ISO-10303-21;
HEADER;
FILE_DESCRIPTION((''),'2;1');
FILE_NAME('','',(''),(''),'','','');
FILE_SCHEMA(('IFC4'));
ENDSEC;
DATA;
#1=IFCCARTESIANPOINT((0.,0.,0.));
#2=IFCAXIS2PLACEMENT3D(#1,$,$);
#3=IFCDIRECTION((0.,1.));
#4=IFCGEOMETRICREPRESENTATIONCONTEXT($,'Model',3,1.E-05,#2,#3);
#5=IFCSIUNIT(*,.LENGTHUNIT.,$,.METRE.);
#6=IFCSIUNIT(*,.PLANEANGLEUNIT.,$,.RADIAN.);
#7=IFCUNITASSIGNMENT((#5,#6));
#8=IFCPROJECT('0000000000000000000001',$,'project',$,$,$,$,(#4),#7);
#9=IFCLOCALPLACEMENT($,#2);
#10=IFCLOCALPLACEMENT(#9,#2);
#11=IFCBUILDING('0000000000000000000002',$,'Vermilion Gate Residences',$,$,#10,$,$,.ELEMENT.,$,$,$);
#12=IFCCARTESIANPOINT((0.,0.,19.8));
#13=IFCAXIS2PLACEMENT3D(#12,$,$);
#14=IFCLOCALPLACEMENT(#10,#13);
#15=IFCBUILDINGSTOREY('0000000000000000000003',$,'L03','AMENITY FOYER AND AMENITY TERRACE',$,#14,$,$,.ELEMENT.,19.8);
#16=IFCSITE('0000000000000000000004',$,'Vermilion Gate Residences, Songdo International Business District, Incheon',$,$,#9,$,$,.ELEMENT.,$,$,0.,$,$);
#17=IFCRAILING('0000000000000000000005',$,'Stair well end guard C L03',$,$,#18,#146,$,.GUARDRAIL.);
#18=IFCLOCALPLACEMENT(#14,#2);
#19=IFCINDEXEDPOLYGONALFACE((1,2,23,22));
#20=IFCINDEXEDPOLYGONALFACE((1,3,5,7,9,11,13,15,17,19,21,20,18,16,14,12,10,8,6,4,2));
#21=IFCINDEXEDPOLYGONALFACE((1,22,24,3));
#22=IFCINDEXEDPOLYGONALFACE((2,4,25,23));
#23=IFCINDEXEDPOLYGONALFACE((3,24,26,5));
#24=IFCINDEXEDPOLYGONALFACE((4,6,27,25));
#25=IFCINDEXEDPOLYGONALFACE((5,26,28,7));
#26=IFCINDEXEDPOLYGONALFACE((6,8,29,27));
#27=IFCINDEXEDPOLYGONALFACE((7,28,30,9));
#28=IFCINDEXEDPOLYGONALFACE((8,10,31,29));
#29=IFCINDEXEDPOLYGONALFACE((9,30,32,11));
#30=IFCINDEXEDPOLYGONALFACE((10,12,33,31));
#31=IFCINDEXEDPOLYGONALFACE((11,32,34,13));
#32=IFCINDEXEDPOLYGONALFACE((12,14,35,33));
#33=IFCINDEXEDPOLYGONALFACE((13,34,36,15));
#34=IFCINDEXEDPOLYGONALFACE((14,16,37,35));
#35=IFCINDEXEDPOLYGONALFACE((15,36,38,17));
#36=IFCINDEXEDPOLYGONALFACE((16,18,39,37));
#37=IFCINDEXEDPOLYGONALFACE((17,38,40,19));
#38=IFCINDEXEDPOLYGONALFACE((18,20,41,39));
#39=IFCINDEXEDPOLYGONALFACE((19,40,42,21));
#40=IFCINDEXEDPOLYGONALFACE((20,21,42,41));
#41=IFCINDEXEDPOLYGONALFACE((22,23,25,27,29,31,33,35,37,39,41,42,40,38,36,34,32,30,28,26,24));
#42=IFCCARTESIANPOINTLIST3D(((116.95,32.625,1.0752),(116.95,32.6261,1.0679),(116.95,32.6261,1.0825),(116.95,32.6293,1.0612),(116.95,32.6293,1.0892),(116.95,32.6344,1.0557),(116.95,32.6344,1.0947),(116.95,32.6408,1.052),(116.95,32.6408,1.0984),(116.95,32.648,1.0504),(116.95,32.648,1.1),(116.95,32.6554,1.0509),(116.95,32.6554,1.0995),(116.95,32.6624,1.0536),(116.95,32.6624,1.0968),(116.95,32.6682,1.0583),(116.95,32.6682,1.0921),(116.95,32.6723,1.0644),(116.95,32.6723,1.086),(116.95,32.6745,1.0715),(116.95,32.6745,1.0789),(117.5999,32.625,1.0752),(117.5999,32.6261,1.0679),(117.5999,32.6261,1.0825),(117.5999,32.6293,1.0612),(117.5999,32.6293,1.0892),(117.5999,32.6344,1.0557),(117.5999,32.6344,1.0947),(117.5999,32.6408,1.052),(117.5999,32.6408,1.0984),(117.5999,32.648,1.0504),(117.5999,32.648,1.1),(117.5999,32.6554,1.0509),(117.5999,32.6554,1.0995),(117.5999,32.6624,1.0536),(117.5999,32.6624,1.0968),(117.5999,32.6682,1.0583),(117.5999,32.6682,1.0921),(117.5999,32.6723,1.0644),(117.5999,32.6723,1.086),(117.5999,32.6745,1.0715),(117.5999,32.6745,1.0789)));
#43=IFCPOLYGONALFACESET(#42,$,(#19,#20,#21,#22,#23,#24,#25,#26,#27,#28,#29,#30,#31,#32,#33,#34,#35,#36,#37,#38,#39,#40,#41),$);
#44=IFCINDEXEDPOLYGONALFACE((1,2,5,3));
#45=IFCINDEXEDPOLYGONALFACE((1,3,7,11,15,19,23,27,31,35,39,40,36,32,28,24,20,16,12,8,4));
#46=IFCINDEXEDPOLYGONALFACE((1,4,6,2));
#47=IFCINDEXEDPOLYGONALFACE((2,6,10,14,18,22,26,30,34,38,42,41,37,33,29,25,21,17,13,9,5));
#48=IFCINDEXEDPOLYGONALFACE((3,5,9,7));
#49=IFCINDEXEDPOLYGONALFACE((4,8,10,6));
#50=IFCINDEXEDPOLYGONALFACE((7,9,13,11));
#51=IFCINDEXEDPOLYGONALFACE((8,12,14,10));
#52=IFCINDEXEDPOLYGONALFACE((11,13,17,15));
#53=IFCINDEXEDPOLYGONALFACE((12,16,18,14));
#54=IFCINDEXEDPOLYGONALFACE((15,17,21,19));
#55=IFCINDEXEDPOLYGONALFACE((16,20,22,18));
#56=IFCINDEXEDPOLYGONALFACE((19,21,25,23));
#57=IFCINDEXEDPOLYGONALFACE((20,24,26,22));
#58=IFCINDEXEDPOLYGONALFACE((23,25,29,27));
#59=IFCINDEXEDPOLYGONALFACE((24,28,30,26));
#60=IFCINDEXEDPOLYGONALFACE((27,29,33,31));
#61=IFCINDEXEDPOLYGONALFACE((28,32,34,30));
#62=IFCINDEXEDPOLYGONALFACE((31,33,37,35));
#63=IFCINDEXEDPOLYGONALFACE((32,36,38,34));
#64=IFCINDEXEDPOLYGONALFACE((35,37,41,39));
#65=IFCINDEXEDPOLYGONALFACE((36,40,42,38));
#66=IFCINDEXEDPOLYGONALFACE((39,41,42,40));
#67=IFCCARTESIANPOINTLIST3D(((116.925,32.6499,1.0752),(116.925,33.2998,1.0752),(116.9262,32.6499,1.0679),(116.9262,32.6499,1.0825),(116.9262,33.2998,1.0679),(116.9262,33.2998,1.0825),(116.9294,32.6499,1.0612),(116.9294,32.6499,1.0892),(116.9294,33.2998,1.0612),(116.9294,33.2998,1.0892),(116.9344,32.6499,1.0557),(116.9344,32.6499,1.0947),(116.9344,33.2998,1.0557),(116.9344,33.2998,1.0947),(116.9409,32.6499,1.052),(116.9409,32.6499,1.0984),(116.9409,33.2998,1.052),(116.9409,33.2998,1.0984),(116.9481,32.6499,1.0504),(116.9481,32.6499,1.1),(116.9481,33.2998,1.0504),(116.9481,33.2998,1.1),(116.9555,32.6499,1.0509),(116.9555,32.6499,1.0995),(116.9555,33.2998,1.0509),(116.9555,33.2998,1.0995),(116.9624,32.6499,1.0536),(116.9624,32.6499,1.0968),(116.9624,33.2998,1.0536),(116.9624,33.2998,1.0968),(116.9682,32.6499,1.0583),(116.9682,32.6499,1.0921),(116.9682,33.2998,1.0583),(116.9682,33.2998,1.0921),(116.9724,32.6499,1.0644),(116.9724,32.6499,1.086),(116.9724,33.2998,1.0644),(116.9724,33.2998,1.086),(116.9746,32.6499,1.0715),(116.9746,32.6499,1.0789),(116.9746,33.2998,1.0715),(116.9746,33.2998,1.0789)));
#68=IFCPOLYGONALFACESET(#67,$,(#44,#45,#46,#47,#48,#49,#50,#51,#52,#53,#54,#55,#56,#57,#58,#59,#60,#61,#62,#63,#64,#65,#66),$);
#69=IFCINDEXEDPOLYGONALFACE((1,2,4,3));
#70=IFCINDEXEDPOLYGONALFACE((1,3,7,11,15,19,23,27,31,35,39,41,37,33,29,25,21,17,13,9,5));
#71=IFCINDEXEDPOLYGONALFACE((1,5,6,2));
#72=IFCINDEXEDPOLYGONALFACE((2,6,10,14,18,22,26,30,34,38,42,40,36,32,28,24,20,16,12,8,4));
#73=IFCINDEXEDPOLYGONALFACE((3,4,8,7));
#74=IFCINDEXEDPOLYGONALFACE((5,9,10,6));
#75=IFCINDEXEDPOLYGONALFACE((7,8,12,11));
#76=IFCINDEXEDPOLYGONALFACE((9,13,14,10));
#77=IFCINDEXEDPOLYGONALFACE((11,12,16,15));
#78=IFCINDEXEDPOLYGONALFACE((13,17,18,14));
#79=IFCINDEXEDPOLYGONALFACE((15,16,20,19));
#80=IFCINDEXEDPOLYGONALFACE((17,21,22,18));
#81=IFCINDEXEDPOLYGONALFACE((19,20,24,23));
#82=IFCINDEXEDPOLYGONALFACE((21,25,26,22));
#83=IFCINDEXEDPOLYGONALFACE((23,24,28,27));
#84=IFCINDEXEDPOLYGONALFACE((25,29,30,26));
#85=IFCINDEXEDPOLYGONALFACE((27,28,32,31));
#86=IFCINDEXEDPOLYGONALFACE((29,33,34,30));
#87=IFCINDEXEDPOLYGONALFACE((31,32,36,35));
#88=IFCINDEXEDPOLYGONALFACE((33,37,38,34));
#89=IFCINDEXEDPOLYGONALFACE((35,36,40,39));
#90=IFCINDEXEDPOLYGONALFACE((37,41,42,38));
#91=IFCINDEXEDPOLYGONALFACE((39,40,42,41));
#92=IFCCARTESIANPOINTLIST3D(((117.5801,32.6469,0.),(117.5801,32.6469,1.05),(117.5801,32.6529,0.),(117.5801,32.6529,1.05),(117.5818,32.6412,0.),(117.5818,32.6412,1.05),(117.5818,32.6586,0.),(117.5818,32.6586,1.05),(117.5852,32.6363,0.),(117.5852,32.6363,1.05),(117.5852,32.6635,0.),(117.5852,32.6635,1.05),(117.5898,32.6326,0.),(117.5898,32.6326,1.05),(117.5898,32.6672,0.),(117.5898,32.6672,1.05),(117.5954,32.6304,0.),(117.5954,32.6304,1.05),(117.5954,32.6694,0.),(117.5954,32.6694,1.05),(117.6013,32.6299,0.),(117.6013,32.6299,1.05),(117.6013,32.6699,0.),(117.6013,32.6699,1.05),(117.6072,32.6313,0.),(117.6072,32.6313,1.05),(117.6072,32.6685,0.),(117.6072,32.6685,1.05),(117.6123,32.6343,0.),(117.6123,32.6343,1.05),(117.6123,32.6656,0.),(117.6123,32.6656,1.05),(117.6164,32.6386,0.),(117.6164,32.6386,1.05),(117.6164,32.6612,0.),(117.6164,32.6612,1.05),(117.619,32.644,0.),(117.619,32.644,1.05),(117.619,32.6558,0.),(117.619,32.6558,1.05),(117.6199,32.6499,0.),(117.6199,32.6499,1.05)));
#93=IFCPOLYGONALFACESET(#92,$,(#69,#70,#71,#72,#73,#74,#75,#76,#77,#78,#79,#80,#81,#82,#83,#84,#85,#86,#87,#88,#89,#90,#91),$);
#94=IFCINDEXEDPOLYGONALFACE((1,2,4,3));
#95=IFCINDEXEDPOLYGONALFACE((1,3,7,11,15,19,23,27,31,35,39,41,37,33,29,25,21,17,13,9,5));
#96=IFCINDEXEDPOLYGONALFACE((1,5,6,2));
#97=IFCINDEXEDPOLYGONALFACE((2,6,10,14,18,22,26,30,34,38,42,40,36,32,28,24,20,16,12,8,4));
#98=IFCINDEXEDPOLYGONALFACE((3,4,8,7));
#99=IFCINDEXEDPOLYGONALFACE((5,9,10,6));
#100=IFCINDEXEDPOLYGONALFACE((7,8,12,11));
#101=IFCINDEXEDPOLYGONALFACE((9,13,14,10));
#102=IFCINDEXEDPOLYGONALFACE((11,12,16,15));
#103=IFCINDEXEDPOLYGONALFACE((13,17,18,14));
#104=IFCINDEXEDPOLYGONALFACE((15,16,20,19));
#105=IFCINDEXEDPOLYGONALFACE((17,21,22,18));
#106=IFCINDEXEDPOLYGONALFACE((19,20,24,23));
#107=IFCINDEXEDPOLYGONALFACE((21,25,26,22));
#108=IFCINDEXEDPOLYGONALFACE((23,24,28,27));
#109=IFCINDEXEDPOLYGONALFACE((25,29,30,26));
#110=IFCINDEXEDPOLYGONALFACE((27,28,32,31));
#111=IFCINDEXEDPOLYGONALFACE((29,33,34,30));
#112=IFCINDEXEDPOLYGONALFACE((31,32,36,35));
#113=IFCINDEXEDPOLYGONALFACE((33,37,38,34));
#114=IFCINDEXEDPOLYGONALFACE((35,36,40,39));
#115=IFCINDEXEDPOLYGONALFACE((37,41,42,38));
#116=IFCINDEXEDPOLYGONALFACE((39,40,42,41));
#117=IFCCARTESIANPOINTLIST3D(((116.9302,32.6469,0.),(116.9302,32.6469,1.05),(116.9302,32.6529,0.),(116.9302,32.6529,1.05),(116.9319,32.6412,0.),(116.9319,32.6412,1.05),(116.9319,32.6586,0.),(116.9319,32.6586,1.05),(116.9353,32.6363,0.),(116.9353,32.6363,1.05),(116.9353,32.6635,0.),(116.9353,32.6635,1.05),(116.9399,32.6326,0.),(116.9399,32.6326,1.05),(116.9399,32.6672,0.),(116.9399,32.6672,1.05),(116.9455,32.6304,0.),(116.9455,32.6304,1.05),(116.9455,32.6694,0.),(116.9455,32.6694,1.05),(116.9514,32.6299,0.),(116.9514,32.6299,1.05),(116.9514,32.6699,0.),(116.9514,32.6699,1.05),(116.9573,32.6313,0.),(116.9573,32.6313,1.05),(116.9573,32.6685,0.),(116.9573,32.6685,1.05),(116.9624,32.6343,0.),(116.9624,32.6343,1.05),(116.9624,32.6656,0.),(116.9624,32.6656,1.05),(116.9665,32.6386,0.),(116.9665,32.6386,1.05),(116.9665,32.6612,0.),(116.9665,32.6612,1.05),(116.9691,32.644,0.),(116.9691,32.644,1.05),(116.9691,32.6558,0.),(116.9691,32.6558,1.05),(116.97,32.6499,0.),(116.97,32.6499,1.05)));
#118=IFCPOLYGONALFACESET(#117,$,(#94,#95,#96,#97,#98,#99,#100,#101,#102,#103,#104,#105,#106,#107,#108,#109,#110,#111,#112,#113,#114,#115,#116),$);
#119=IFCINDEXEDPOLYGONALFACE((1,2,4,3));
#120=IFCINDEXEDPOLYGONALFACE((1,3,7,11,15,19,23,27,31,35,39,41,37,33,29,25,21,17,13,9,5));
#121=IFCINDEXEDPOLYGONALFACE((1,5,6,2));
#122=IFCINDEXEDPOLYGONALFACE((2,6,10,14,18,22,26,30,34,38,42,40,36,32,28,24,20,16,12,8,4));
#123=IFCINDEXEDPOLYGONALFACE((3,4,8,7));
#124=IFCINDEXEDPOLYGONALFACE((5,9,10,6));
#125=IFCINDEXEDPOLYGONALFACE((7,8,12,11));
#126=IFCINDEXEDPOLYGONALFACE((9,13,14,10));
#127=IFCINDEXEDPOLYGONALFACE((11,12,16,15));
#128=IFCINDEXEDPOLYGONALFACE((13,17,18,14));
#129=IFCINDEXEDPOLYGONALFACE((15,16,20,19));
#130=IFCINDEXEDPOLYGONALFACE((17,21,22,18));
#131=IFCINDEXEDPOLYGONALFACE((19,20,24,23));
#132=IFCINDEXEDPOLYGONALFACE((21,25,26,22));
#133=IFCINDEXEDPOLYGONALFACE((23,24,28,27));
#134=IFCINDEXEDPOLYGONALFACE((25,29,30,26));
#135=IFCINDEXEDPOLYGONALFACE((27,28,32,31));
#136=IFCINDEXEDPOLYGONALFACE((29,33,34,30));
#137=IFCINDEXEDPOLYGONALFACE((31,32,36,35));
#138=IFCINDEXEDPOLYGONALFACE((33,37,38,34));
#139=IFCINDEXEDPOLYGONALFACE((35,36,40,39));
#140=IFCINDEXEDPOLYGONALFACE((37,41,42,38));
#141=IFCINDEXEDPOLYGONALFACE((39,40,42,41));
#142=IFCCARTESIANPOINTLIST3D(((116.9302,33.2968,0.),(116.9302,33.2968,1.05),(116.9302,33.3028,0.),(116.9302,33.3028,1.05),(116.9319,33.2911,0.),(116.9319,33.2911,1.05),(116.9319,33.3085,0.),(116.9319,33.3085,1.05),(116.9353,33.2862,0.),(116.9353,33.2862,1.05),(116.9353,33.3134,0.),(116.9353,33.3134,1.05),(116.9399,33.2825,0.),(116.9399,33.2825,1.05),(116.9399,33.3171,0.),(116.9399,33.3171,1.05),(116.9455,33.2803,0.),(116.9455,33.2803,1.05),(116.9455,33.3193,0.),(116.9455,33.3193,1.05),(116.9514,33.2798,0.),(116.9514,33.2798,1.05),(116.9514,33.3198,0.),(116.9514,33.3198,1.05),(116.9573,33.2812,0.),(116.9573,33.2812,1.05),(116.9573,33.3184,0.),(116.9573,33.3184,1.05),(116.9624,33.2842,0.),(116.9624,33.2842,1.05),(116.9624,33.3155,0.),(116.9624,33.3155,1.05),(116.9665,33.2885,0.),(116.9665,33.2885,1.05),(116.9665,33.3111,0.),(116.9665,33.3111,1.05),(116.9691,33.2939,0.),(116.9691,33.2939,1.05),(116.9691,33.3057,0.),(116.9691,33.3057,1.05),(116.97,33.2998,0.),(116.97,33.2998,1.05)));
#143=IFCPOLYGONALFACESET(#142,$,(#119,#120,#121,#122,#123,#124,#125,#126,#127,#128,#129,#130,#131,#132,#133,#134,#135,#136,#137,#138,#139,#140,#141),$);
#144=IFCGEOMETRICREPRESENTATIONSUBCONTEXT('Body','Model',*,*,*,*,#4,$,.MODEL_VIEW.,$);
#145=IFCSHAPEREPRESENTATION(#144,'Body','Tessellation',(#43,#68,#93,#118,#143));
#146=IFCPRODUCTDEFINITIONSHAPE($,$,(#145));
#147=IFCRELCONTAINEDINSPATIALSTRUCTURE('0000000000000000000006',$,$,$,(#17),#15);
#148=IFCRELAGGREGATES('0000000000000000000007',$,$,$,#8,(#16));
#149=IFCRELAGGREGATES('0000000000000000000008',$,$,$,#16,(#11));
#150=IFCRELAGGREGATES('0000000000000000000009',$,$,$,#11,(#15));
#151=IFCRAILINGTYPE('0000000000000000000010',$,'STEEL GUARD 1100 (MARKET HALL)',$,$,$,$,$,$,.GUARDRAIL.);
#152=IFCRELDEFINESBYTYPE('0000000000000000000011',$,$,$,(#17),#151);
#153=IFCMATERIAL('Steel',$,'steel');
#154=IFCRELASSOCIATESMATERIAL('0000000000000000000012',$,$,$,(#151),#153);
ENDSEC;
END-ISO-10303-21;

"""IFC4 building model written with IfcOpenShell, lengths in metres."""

from ifc_helpers import new_model, si_unit, direction, frame, origin, origin_2d, place, context, subcontext, project, spatial, circle, extrude, material, type_object, element, save


model = new_model("IFC4")

# Units and contexts
model_context = context("Model", 3, precision=1e-05, world=origin(), true_north=direction((0.0, 1.0)))
body_context = subcontext(model_context, "Body", "Model", "MODEL_VIEW")
ifc_project = project(units=[si_unit("LENGTHUNIT", "METRE"), si_unit("PLANEANGLEUNIT", "RADIAN")], contexts=[model_context])

# Site, building, storey
site_placement = place(None, origin())
site = spatial("IfcSite", under=ifc_project, at=site_placement, Name="Vermilion Gate Residences, Songdo International Business District, Incheon", CompositionType="ELEMENT", RefElevation=0.0)
building_placement = place(site_placement, origin())
building = spatial("IfcBuilding", under=site, at=building_placement, Name="Vermilion Gate Residences", CompositionType="ELEMENT")
storey_placement = place(building_placement, frame((0.0, 0.0, 19.8)))
storey = spatial("IfcBuildingStorey", under=building, at=storey_placement, Name="L03", Description="AMENITY FOYER AND AMENITY TERRACE", CompositionType="ELEMENT", Elevation=19.8)

# Railing
ifc_material_1 = material(Name="Steel", Category="steel")
railing_type_1 = type_object("IfcRailingType", Name="STEEL GUARD 1100 (MARKET HALL)", PredefinedType="GUARDRAIL", material=ifc_material_1)
railing_placement = place(storey_placement, frame((117.5999, 32.6499, 0.0)))
element("IfcRailing", 1, at=railing_placement, inside=storey, type_object=railing_type_1, Name="Stair well end guard C L03", PredefinedType="GUARDRAIL", context=body_context, shape_type="SweptSolid", body=[
    extrude(circle(Radius=0.0249, at=origin_2d()), frame((0.0, 0.0, 1.0752), z_axis=(-1.0, 0.0, 0.0), x_axis=(0.0, -1.0, 0.0)), (0.0, 0.0, 1.0), 0.6499),
    extrude(circle(Radius=0.0249, at=origin_2d()), frame((-0.6499, 0.0, 1.0752), z_axis=(0.0, 1.0, 0.0), x_axis=(-1.0, 0.0, 0.0)), (0.0, 0.0, 1.0), 0.6499),
    extrude(circle(Radius=0.02, at=origin_2d()), origin(), (0.0, 0.0, 1.0), 1.05),
    extrude(circle(Radius=0.02, at=origin_2d()), frame((-0.6499, 0.0, 0.0)), (0.0, 0.0, 1.0), 1.05),
    extrude(circle(Radius=0.02, at=origin_2d()), frame((-0.6499, 0.6499, 0.0)), (0.0, 0.0, 1.0), 1.05),
])

save(model, "model.ifc")
